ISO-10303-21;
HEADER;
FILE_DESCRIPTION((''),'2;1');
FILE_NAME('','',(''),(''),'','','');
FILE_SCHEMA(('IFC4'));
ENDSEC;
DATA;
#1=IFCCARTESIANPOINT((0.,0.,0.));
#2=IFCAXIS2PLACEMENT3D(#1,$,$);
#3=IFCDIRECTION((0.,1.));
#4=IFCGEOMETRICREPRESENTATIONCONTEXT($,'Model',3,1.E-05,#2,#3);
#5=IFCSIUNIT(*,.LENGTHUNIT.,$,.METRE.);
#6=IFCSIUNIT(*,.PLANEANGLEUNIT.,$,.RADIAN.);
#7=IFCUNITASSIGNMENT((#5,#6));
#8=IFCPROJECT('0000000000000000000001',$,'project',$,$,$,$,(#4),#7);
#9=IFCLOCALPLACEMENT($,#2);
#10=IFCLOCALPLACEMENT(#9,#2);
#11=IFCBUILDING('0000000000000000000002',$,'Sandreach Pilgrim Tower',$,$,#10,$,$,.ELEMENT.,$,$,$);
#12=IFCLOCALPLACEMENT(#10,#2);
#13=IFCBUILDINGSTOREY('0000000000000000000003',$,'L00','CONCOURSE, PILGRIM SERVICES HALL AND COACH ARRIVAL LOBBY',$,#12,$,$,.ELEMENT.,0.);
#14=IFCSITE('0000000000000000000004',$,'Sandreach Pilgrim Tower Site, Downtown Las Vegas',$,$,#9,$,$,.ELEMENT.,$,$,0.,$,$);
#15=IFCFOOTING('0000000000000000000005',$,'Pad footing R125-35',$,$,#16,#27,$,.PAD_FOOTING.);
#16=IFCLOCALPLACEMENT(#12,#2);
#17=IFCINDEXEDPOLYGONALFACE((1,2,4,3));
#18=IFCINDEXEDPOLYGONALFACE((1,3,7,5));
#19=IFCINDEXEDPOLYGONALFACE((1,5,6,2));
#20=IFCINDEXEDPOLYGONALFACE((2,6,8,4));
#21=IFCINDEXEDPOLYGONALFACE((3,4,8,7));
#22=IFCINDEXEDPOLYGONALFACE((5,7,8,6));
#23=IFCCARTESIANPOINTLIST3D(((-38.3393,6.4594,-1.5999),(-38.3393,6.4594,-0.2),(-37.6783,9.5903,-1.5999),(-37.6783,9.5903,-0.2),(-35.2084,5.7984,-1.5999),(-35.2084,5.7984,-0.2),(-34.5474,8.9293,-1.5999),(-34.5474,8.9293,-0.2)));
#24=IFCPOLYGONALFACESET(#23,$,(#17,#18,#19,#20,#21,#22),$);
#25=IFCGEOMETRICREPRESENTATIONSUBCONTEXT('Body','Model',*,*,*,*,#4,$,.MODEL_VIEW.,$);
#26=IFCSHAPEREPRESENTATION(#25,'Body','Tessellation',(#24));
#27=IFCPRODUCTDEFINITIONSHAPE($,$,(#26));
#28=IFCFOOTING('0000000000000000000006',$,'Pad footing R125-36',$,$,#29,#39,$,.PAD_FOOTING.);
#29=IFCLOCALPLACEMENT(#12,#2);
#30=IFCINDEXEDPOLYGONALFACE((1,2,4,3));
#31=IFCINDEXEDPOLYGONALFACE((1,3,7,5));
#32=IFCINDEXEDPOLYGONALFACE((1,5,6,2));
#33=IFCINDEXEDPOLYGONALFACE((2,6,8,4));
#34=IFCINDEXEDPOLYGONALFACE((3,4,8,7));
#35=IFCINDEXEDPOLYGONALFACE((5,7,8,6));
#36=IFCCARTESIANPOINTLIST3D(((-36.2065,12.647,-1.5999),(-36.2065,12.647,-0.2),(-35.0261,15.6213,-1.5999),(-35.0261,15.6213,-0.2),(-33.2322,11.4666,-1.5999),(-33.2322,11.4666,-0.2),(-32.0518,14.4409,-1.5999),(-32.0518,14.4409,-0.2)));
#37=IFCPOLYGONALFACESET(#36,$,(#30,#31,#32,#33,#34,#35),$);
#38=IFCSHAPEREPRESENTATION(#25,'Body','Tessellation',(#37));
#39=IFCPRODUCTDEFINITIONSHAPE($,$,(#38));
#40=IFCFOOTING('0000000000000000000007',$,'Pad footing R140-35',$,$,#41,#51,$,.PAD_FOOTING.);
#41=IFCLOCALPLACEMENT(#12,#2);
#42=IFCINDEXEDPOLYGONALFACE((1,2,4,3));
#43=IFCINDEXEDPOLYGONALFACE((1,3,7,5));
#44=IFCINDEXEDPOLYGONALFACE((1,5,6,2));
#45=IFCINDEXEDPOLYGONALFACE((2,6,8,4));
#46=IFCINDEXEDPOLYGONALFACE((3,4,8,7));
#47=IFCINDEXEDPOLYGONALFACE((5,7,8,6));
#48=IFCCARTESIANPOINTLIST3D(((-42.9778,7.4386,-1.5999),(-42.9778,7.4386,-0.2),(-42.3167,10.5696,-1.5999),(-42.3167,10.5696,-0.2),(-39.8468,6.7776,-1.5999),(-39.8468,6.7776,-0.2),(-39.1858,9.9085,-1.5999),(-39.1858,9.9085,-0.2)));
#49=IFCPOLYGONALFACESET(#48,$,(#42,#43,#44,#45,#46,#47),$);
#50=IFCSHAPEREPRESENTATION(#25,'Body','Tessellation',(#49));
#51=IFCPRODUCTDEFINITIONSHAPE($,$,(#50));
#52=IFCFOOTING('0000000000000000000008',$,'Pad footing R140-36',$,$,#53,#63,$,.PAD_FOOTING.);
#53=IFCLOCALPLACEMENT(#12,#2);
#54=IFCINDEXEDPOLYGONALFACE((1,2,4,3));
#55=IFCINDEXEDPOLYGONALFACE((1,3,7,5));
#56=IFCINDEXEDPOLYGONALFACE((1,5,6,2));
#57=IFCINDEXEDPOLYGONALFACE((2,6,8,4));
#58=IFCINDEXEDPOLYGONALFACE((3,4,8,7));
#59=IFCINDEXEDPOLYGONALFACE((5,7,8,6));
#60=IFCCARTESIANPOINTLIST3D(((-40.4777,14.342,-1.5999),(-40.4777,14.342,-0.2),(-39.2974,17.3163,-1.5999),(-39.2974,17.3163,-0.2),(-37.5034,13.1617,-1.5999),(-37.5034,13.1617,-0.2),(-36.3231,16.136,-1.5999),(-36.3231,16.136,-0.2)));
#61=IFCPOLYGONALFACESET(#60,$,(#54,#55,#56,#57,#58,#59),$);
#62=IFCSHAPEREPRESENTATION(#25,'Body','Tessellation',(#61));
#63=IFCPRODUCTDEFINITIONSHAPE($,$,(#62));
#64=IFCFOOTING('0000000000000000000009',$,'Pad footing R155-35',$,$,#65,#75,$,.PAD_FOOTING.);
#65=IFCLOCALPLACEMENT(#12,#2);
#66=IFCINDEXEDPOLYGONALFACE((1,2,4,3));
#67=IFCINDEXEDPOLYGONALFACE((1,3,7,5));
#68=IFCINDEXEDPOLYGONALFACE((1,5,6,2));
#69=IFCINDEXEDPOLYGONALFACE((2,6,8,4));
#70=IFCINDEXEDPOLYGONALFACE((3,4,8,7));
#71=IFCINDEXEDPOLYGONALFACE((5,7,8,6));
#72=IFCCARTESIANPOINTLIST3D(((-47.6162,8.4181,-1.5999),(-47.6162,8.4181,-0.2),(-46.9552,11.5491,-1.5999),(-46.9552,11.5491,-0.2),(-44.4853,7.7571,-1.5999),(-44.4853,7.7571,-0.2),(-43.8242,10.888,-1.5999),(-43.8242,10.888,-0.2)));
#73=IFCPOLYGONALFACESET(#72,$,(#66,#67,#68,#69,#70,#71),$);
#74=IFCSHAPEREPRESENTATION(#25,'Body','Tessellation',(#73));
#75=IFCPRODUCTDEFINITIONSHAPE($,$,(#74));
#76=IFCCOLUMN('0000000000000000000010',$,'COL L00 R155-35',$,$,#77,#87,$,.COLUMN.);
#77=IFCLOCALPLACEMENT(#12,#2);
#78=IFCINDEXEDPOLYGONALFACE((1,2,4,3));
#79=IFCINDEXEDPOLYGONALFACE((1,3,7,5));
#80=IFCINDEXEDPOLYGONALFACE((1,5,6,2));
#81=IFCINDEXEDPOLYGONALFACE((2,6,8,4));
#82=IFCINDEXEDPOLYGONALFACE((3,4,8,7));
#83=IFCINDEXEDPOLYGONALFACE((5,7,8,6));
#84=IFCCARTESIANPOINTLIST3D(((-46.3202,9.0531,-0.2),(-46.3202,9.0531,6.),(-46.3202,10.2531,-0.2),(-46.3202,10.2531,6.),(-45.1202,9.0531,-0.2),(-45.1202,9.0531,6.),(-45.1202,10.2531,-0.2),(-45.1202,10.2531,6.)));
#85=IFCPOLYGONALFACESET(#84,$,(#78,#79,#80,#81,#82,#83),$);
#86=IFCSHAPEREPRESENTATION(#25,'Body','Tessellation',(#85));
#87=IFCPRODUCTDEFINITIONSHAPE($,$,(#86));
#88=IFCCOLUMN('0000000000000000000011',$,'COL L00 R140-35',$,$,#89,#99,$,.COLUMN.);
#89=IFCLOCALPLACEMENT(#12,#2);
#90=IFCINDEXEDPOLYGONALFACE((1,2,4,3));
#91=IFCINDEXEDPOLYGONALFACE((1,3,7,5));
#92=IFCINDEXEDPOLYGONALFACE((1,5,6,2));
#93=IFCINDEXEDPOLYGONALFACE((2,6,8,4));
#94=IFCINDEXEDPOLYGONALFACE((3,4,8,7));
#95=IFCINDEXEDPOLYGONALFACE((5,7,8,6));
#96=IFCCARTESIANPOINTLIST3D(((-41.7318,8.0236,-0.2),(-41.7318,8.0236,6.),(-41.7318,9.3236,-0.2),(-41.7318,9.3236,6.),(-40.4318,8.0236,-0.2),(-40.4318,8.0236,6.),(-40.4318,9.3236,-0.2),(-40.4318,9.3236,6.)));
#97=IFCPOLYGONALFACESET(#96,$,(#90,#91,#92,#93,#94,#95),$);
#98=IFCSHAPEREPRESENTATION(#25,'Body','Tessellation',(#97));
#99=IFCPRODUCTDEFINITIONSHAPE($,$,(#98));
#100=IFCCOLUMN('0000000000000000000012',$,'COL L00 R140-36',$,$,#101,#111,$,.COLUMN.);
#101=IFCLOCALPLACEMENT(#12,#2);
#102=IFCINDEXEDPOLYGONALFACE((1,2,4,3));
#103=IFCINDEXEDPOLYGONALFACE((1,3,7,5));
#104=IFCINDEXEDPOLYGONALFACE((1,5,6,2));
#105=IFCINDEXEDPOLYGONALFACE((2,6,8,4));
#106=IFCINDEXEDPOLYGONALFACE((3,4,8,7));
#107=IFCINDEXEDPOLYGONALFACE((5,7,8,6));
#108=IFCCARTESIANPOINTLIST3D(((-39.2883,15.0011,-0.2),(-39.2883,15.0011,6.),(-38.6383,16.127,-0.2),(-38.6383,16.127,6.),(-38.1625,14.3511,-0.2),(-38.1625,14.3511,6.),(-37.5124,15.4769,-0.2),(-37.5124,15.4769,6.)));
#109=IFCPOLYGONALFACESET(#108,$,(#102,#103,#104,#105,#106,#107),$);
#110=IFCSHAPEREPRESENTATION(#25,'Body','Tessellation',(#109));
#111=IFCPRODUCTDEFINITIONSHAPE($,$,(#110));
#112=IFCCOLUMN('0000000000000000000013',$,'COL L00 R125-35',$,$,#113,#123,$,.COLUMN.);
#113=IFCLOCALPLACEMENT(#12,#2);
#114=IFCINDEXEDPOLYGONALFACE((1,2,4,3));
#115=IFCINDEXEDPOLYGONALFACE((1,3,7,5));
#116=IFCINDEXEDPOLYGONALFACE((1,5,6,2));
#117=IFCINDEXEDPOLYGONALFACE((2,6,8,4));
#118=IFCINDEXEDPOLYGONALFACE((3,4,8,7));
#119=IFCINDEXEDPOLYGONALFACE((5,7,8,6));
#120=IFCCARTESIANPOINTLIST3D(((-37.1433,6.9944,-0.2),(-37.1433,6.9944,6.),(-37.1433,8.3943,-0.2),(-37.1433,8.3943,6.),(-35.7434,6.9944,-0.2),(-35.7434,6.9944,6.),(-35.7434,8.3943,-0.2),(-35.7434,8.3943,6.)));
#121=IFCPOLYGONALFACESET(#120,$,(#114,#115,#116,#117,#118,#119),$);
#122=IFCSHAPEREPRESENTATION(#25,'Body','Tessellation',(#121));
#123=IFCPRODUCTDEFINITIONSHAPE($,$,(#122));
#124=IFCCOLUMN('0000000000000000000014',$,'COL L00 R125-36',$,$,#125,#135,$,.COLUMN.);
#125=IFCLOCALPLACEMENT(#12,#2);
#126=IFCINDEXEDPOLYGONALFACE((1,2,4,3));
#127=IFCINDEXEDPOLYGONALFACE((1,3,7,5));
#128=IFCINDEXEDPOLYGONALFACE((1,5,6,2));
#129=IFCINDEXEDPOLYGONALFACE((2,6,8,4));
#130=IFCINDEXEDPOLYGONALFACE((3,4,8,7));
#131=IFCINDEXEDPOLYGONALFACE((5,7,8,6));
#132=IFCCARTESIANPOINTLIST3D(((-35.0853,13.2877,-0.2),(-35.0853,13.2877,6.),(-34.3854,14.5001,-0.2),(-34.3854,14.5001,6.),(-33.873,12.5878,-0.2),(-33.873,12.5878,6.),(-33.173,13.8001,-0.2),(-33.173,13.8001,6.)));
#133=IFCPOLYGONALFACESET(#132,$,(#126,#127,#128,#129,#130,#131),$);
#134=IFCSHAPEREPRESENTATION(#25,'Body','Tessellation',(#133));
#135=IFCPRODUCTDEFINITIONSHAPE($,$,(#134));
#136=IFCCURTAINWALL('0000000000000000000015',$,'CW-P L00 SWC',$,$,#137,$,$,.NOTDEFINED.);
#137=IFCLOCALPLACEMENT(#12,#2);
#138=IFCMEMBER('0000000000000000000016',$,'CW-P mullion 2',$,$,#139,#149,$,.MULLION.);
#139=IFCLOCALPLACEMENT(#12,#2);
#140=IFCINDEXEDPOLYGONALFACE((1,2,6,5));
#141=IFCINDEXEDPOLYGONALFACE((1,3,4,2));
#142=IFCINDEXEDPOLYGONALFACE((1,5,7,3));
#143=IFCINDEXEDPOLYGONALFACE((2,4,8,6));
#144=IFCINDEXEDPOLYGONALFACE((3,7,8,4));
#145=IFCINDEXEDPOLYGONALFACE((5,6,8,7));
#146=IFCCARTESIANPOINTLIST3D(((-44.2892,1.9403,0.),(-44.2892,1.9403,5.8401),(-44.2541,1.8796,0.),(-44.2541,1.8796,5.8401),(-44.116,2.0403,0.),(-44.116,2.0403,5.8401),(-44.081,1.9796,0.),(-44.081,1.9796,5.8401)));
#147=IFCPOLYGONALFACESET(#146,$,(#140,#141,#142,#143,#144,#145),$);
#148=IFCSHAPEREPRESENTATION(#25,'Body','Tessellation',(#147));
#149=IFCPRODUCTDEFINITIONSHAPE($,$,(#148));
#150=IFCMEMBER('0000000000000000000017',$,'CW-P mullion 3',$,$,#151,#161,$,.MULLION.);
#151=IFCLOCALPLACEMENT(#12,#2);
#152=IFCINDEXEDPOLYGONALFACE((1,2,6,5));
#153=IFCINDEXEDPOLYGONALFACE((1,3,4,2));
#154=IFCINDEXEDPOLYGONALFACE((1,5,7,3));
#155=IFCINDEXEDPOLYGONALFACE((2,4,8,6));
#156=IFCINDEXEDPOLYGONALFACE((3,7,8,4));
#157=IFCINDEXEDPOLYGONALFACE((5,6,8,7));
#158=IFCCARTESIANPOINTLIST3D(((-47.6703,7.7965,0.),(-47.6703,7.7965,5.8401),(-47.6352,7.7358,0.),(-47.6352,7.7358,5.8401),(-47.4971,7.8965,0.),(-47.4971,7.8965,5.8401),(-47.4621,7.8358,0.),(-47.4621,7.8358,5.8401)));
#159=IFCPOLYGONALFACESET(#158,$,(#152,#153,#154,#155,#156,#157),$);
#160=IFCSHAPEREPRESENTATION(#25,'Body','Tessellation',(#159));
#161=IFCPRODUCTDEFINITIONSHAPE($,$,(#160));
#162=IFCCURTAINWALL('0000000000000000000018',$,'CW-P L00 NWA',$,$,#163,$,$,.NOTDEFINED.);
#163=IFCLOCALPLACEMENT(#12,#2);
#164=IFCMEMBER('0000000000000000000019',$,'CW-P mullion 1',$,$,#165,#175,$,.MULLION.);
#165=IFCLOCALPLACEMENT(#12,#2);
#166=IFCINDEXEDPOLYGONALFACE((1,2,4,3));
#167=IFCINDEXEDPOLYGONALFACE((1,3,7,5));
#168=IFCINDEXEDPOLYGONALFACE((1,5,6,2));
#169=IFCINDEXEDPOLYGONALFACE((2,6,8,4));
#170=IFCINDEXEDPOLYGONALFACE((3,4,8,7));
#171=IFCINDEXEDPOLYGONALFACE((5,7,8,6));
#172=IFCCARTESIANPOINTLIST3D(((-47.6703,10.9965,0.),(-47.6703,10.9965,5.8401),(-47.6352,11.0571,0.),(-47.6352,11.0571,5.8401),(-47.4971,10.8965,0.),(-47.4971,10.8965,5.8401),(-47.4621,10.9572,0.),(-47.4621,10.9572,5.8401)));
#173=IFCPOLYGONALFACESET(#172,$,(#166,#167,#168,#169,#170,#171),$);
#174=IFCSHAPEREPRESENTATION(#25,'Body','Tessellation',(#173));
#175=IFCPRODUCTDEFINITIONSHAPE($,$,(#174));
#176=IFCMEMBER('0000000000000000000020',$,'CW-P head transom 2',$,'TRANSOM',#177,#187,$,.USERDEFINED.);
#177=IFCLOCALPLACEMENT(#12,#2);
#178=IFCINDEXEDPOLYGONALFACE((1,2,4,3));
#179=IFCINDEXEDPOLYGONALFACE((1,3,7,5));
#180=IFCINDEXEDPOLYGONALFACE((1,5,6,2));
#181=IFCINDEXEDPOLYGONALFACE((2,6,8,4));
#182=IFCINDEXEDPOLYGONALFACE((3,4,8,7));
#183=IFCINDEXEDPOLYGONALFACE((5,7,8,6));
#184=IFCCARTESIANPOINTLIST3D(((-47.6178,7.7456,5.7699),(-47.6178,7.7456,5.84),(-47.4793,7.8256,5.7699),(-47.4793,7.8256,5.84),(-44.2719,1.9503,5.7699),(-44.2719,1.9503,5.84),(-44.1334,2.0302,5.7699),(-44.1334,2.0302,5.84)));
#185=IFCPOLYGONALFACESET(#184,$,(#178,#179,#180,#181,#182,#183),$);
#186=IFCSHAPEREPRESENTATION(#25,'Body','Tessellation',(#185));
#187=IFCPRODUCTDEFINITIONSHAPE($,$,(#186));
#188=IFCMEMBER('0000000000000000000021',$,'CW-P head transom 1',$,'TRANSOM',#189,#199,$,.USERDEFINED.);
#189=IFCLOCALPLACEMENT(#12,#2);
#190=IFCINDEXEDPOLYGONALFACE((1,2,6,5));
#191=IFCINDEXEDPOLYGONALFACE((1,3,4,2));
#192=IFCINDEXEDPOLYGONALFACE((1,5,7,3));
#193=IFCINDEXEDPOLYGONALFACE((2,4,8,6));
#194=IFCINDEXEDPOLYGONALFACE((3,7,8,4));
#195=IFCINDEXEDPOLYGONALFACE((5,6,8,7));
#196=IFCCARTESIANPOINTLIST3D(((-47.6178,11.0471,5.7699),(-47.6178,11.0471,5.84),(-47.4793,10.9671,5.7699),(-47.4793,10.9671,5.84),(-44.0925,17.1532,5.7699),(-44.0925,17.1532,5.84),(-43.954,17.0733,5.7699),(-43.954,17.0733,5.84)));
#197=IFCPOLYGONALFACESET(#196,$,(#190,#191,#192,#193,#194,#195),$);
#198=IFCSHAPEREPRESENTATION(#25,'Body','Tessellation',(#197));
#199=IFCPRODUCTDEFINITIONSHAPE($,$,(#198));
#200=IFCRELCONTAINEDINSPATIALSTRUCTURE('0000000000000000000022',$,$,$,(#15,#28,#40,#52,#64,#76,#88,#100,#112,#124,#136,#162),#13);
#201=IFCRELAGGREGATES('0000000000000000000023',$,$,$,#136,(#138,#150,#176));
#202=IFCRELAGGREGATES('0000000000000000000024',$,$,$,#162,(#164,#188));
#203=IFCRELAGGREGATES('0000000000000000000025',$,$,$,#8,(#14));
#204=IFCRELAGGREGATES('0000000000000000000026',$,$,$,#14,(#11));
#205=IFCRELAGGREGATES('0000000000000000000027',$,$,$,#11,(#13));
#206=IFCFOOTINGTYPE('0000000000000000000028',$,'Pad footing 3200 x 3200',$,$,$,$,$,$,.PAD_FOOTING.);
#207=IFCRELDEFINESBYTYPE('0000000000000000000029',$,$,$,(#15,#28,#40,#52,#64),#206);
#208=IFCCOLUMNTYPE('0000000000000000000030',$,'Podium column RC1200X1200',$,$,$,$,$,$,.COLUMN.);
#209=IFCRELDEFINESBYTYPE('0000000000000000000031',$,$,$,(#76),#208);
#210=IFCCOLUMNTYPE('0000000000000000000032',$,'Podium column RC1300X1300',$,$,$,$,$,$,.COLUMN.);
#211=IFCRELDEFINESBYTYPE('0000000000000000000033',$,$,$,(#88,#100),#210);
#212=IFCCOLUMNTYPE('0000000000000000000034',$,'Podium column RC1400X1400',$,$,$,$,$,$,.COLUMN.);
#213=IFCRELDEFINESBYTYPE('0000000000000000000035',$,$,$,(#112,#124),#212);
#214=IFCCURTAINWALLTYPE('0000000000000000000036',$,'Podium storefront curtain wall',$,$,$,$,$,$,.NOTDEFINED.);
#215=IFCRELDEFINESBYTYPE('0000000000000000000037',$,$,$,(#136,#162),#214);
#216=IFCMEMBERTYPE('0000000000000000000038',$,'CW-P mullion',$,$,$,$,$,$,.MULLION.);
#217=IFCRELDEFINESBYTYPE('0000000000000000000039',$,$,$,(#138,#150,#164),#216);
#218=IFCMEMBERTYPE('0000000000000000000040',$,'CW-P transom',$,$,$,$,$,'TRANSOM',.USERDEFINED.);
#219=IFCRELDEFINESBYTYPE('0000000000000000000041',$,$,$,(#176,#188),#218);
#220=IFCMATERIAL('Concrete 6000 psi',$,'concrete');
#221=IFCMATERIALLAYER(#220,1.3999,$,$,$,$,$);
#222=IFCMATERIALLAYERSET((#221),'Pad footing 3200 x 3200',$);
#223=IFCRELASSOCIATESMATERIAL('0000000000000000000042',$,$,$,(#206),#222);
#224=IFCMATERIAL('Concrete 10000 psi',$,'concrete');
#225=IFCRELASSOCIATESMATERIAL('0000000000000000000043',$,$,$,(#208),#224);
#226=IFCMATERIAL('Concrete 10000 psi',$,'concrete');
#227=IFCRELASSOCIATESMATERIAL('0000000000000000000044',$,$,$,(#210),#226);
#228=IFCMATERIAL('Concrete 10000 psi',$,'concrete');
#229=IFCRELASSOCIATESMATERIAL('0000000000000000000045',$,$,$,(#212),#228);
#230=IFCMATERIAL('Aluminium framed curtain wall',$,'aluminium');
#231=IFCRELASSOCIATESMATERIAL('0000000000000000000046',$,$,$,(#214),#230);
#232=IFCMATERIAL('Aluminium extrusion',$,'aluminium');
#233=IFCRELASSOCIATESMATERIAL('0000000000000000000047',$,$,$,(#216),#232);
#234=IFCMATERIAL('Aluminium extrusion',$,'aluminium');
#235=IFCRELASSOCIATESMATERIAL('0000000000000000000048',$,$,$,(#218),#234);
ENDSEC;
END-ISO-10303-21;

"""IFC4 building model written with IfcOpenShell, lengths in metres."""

from ifc_helpers import new_model, si_unit, direction, frame, origin, origin_2d, place, context, subcontext, project, spatial, rectangle, extrude, material, layer, layer_set, material_profile, profile_set, type_object, element, aggregate, save


model = new_model("IFC4")

# Units and contexts
model_context = context("Model", 3, precision=1e-05, world=origin(), true_north=direction((0.0, 1.0)))
body_context = subcontext(model_context, "Body", "Model", "MODEL_VIEW")
ifc_project = project(units=[si_unit("LENGTHUNIT", "METRE"), si_unit("PLANEANGLEUNIT", "RADIAN")], contexts=[model_context])

# Site, building, storey
site_placement = place(None, origin())
site = spatial("IfcSite", under=ifc_project, at=site_placement, Name="Sandreach Pilgrim Tower Site, Downtown Las Vegas", CompositionType="ELEMENT", RefElevation=0.0)
building_placement = place(site_placement, origin())
building = spatial("IfcBuilding", under=site, at=building_placement, Name="Sandreach Pilgrim Tower", CompositionType="ELEMENT")
storey_placement = place(building_placement, origin())
storey = spatial("IfcBuildingStorey", under=building, at=storey_placement, Name="L00", Description="CONCOURSE, PILGRIM SERVICES HALL AND COACH ARRIVAL LOBBY", CompositionType="ELEMENT", Elevation=0.0)

# Footings
ifc_material_1 = material(Name="Concrete 6000 psi", Category="concrete")
ifc_layer_1 = layer(ifc_material_1, 1.3999)
ifc_layer_set_1 = layer_set([ifc_layer_1], Name="Pad footing 3200 x 3200")
footing_type = type_object("IfcFootingType", Name="Pad footing 3200 x 3200", PredefinedType="PAD_FOOTING", material=ifc_layer_set_1)
for number, where, z_axis, x_axis, name in (
    (1, (-36.4434, 7.6943, -1.5999), (0.0, 0.0, 1.0), (-0.97843, 0.206579, 0.0), "Pad footing R125-35"),
    (2, (-34.1292, 13.5439, -1.5999), (0.0, 0.0, 1.0), (-0.929485, 0.36886, 0.0), "Pad footing R125-36"),
    (3, (-41.0818, 8.6736, -1.5999), (0.0, 0.0, 1.0), (-0.97843, 0.206579, 0.0), "Pad footing R140-35"),
    (4, (-38.4004, 15.239, -1.5999), (0.0, 0.0, 1.0), (-0.929485, 0.36886, 0.0), "Pad footing R140-36"),
    (5, (-45.7202, 9.6531, -1.5999), (0.0, 0.0, 1.0), (-0.97843, 0.206579, 0.0), "Pad footing R155-35"),
):
    element("IfcFooting", number, at=place(storey_placement, frame(where, z_axis=z_axis, x_axis=x_axis)), inside=storey, type_object=footing_type, Name=name, PredefinedType="PAD_FOOTING", context=body_context, shape_type="SweptSolid", body=[
        extrude(rectangle(XDim=3.2, YDim=3.2, at=origin_2d()), origin(), (0.0, 0.0, 1.0), 1.3999),
    ])

# Columns
ifc_material_2 = material(Name="Concrete 10000 psi", Category="concrete")
ifc_material_profile_1 = material_profile(ifc_material_2, rectangle(XDim=1.2, YDim=1.2, at=origin_2d()), Name="RC1200X1200")
ifc_profile_set_1 = profile_set([ifc_material_profile_1], Name="Concrete 10000 psi")
column_type_1 = type_object("IfcColumnType", Name="Podium column RC1200X1200", PredefinedType="COLUMN", material=ifc_profile_set_1)
column_placement = place(storey_placement, frame((-45.7202, 9.6531, -0.2), z_axis=(0.0, 0.0, 1.0), x_axis=(-1.0, 0.0, 0.0)))
element("IfcColumn", 6, at=column_placement, inside=storey, type_object=column_type_1, Name="COL L00 R155-35", PredefinedType="COLUMN", context=body_context, shape_type="SweptSolid", body=[
    extrude(rectangle(XDim=1.2, YDim=1.2, at=origin_2d()), origin(), (0.0, 0.0, 1.0), 6.2),
])
ifc_material_3 = material(Name="Concrete 10000 psi", Category="concrete")
ifc_material_profile_2 = material_profile(ifc_material_3, rectangle(XDim=1.3, YDim=1.3, at=origin_2d()), Name="RC1300X1300")
ifc_profile_set_2 = profile_set([ifc_material_profile_2], Name="Concrete 10000 psi")
column_type_2 = type_object("IfcColumnType", Name="Podium column RC1300X1300", PredefinedType="COLUMN", material=ifc_profile_set_2)
for number, where, z_axis, x_axis, name in (
    (7, (-41.0818, 8.6736, -0.2), (0.0, 0.0, 1.0), (-1.0, 0.0, 0.0), "COL L00 R140-35"),
    (8, (-38.4004, 15.239, -0.2), (0.0, 0.0, 1.0), (-0.866025, 0.5, 0.0), "COL L00 R140-36"),
):
    element("IfcColumn", number, at=place(storey_placement, frame(where, z_axis=z_axis, x_axis=x_axis)), inside=storey, type_object=column_type_2, Name=name, PredefinedType="COLUMN", context=body_context, shape_type="SweptSolid", body=[
        extrude(rectangle(XDim=1.3, YDim=1.3, at=origin_2d()), origin(), (0.0, 0.0, 1.0), 6.2),
    ])
ifc_material_4 = material(Name="Concrete 10000 psi", Category="concrete")
ifc_material_profile_3 = material_profile(ifc_material_4, rectangle(XDim=1.3999, YDim=1.3999, at=origin_2d()), Name="RC1400X1400")
ifc_profile_set_3 = profile_set([ifc_material_profile_3], Name="Concrete 10000 psi")
column_type_3 = type_object("IfcColumnType", Name="Podium column RC1400X1400", PredefinedType="COLUMN", material=ifc_profile_set_3)
for number, where, z_axis, x_axis, name in (
    (9, (-36.4434, 7.6943, -0.2), (0.0, 0.0, 1.0), (-1.0, 0.0, 0.0), "COL L00 R125-35"),
    (10, (-34.1292, 13.5439, -0.2), (0.0, 0.0, 1.0), (-0.866025, 0.5, 0.0), "COL L00 R125-36"),
):
    element("IfcColumn", number, at=place(storey_placement, frame(where, z_axis=z_axis, x_axis=x_axis)), inside=storey, type_object=column_type_3, Name=name, PredefinedType="COLUMN", context=body_context, shape_type="SweptSolid", body=[
        extrude(rectangle(XDim=1.3999, YDim=1.3999, at=origin_2d()), origin(), (0.0, 0.0, 1.0), 6.2),
    ])

# Curtain wall, members
ifc_material_5 = material(Name="Aluminium framed curtain wall", Category="aluminium")
curtain_wall_type = type_object("IfcCurtainWallType", Name="Podium storefront curtain wall", PredefinedType="NOTDEFINED", material=ifc_material_5)
curtain_wall_1_placement = place(storey_placement, origin())
curtain_wall_1 = element("IfcCurtainWall", 11, at=curtain_wall_1_placement, inside=storey, type_object=curtain_wall_type, Name="CW-P L00 SWC", PredefinedType="NOTDEFINED")
ifc_material_6 = material(Name="Aluminium extrusion", Category="aluminium")
ifc_material_profile_4 = material_profile(ifc_material_6, rectangle(XDim=0.0701, YDim=0.2, at=origin_2d()), Name="CW-PM 70X200")
ifc_profile_set_4 = profile_set([ifc_material_profile_4], Name="Aluminium extrusion")
member_type_1 = type_object("IfcMemberType", Name="CW-P mullion", PredefinedType="MULLION", material=ifc_profile_set_4)
member_1_placement = place(storey_placement, frame((-44.1851, 1.96, 0.0), z_axis=(0.0, 0.0, 1.0), x_axis=(-0.5, 0.866025, 0.0)))
member_1 = element("IfcMember", 12, at=member_1_placement, type_object=member_type_1, Name="CW-P mullion 2", PredefinedType="MULLION", context=body_context, shape_type="SweptSolid", body=[
    extrude(rectangle(XDim=0.0701, YDim=0.2, at=origin_2d()), origin(), (0.0, 0.0, 1.0), 5.8401),
])
member_2_placement = place(storey_placement, frame((-47.5662, 7.8162, 0.0), z_axis=(0.0, 0.0, 1.0), x_axis=(-0.5, 0.866025, 0.0)))
member_2 = element("IfcMember", 13, at=member_2_placement, type_object=member_type_1, Name="CW-P mullion 3", PredefinedType="MULLION", context=body_context, shape_type="SweptSolid", body=[
    extrude(rectangle(XDim=0.0701, YDim=0.2, at=origin_2d()), origin(), (0.0, 0.0, 1.0), 5.8401),
])

# Curtain wall, member
curtain_wall_2_placement = place(storey_placement, origin())
curtain_wall_2 = element("IfcCurtainWall", 14, at=curtain_wall_2_placement, inside=storey, type_object=curtain_wall_type, Name="CW-P L00 NWA", PredefinedType="NOTDEFINED")
member_3_placement = place(storey_placement, frame((-47.5662, 10.9768, 0.0), z_axis=(0.0, 0.0, 1.0), x_axis=(0.5, 0.866025, 0.0)))
member_3 = element("IfcMember", 15, at=member_3_placement, type_object=member_type_1, Name="CW-P mullion 1", PredefinedType="MULLION", context=body_context, shape_type="SweptSolid", body=[
    extrude(rectangle(XDim=0.0701, YDim=0.2, at=origin_2d()), origin(), (0.0, 0.0, 1.0), 5.8401),
])

# Members
ifc_material_7 = material(Name="Aluminium extrusion", Category="aluminium")
ifc_material_profile_5 = material_profile(ifc_material_7, rectangle(XDim=0.1599, YDim=0.0701, at=origin_2d()), Name="CW-PT 160X70")
ifc_profile_set_5 = profile_set([ifc_material_profile_5], Name="Aluminium extrusion")
member_type_2 = type_object("IfcMemberType", Name="CW-P transom", ElementType="TRANSOM", PredefinedType="USERDEFINED", material=ifc_profile_set_5)
member_4_placement = place(storey_placement, frame((-44.2026, 1.9902, 5.8049), z_axis=(-0.499996, 0.866028, 0.0), x_axis=(-0.866028, -0.499996, 0.0)))
member_4 = element("IfcMember", 16, at=member_4_placement, type_object=member_type_2, Name="CW-P head transom 2", ObjectType="TRANSOM", PredefinedType="USERDEFINED", context=body_context, shape_type="SweptSolid", body=[
    extrude(rectangle(XDim=0.1599, YDim=0.0701, at=origin_2d()), origin(), (0.0, 0.0, 1.0), 6.6919),
])
member_5_placement = place(storey_placement, frame((-47.5486, 11.0071, 5.8049), z_axis=(0.499997, 0.866027, 0.0), x_axis=(-0.866027, 0.499997, 0.0)))
member_5 = element("IfcMember", 17, at=member_5_placement, type_object=member_type_2, Name="CW-P head transom 1", ObjectType="TRANSOM", PredefinedType="USERDEFINED", context=body_context, shape_type="SweptSolid", body=[
    extrude(rectangle(XDim=0.1599, YDim=0.0701, at=origin_2d()), origin(), (0.0, 0.0, 1.0), 7.0508),
])

aggregate(curtain_wall_1, [member_1, member_2, member_4])
aggregate(curtain_wall_2, [member_3, member_5])

save(model, "model.ifc")
